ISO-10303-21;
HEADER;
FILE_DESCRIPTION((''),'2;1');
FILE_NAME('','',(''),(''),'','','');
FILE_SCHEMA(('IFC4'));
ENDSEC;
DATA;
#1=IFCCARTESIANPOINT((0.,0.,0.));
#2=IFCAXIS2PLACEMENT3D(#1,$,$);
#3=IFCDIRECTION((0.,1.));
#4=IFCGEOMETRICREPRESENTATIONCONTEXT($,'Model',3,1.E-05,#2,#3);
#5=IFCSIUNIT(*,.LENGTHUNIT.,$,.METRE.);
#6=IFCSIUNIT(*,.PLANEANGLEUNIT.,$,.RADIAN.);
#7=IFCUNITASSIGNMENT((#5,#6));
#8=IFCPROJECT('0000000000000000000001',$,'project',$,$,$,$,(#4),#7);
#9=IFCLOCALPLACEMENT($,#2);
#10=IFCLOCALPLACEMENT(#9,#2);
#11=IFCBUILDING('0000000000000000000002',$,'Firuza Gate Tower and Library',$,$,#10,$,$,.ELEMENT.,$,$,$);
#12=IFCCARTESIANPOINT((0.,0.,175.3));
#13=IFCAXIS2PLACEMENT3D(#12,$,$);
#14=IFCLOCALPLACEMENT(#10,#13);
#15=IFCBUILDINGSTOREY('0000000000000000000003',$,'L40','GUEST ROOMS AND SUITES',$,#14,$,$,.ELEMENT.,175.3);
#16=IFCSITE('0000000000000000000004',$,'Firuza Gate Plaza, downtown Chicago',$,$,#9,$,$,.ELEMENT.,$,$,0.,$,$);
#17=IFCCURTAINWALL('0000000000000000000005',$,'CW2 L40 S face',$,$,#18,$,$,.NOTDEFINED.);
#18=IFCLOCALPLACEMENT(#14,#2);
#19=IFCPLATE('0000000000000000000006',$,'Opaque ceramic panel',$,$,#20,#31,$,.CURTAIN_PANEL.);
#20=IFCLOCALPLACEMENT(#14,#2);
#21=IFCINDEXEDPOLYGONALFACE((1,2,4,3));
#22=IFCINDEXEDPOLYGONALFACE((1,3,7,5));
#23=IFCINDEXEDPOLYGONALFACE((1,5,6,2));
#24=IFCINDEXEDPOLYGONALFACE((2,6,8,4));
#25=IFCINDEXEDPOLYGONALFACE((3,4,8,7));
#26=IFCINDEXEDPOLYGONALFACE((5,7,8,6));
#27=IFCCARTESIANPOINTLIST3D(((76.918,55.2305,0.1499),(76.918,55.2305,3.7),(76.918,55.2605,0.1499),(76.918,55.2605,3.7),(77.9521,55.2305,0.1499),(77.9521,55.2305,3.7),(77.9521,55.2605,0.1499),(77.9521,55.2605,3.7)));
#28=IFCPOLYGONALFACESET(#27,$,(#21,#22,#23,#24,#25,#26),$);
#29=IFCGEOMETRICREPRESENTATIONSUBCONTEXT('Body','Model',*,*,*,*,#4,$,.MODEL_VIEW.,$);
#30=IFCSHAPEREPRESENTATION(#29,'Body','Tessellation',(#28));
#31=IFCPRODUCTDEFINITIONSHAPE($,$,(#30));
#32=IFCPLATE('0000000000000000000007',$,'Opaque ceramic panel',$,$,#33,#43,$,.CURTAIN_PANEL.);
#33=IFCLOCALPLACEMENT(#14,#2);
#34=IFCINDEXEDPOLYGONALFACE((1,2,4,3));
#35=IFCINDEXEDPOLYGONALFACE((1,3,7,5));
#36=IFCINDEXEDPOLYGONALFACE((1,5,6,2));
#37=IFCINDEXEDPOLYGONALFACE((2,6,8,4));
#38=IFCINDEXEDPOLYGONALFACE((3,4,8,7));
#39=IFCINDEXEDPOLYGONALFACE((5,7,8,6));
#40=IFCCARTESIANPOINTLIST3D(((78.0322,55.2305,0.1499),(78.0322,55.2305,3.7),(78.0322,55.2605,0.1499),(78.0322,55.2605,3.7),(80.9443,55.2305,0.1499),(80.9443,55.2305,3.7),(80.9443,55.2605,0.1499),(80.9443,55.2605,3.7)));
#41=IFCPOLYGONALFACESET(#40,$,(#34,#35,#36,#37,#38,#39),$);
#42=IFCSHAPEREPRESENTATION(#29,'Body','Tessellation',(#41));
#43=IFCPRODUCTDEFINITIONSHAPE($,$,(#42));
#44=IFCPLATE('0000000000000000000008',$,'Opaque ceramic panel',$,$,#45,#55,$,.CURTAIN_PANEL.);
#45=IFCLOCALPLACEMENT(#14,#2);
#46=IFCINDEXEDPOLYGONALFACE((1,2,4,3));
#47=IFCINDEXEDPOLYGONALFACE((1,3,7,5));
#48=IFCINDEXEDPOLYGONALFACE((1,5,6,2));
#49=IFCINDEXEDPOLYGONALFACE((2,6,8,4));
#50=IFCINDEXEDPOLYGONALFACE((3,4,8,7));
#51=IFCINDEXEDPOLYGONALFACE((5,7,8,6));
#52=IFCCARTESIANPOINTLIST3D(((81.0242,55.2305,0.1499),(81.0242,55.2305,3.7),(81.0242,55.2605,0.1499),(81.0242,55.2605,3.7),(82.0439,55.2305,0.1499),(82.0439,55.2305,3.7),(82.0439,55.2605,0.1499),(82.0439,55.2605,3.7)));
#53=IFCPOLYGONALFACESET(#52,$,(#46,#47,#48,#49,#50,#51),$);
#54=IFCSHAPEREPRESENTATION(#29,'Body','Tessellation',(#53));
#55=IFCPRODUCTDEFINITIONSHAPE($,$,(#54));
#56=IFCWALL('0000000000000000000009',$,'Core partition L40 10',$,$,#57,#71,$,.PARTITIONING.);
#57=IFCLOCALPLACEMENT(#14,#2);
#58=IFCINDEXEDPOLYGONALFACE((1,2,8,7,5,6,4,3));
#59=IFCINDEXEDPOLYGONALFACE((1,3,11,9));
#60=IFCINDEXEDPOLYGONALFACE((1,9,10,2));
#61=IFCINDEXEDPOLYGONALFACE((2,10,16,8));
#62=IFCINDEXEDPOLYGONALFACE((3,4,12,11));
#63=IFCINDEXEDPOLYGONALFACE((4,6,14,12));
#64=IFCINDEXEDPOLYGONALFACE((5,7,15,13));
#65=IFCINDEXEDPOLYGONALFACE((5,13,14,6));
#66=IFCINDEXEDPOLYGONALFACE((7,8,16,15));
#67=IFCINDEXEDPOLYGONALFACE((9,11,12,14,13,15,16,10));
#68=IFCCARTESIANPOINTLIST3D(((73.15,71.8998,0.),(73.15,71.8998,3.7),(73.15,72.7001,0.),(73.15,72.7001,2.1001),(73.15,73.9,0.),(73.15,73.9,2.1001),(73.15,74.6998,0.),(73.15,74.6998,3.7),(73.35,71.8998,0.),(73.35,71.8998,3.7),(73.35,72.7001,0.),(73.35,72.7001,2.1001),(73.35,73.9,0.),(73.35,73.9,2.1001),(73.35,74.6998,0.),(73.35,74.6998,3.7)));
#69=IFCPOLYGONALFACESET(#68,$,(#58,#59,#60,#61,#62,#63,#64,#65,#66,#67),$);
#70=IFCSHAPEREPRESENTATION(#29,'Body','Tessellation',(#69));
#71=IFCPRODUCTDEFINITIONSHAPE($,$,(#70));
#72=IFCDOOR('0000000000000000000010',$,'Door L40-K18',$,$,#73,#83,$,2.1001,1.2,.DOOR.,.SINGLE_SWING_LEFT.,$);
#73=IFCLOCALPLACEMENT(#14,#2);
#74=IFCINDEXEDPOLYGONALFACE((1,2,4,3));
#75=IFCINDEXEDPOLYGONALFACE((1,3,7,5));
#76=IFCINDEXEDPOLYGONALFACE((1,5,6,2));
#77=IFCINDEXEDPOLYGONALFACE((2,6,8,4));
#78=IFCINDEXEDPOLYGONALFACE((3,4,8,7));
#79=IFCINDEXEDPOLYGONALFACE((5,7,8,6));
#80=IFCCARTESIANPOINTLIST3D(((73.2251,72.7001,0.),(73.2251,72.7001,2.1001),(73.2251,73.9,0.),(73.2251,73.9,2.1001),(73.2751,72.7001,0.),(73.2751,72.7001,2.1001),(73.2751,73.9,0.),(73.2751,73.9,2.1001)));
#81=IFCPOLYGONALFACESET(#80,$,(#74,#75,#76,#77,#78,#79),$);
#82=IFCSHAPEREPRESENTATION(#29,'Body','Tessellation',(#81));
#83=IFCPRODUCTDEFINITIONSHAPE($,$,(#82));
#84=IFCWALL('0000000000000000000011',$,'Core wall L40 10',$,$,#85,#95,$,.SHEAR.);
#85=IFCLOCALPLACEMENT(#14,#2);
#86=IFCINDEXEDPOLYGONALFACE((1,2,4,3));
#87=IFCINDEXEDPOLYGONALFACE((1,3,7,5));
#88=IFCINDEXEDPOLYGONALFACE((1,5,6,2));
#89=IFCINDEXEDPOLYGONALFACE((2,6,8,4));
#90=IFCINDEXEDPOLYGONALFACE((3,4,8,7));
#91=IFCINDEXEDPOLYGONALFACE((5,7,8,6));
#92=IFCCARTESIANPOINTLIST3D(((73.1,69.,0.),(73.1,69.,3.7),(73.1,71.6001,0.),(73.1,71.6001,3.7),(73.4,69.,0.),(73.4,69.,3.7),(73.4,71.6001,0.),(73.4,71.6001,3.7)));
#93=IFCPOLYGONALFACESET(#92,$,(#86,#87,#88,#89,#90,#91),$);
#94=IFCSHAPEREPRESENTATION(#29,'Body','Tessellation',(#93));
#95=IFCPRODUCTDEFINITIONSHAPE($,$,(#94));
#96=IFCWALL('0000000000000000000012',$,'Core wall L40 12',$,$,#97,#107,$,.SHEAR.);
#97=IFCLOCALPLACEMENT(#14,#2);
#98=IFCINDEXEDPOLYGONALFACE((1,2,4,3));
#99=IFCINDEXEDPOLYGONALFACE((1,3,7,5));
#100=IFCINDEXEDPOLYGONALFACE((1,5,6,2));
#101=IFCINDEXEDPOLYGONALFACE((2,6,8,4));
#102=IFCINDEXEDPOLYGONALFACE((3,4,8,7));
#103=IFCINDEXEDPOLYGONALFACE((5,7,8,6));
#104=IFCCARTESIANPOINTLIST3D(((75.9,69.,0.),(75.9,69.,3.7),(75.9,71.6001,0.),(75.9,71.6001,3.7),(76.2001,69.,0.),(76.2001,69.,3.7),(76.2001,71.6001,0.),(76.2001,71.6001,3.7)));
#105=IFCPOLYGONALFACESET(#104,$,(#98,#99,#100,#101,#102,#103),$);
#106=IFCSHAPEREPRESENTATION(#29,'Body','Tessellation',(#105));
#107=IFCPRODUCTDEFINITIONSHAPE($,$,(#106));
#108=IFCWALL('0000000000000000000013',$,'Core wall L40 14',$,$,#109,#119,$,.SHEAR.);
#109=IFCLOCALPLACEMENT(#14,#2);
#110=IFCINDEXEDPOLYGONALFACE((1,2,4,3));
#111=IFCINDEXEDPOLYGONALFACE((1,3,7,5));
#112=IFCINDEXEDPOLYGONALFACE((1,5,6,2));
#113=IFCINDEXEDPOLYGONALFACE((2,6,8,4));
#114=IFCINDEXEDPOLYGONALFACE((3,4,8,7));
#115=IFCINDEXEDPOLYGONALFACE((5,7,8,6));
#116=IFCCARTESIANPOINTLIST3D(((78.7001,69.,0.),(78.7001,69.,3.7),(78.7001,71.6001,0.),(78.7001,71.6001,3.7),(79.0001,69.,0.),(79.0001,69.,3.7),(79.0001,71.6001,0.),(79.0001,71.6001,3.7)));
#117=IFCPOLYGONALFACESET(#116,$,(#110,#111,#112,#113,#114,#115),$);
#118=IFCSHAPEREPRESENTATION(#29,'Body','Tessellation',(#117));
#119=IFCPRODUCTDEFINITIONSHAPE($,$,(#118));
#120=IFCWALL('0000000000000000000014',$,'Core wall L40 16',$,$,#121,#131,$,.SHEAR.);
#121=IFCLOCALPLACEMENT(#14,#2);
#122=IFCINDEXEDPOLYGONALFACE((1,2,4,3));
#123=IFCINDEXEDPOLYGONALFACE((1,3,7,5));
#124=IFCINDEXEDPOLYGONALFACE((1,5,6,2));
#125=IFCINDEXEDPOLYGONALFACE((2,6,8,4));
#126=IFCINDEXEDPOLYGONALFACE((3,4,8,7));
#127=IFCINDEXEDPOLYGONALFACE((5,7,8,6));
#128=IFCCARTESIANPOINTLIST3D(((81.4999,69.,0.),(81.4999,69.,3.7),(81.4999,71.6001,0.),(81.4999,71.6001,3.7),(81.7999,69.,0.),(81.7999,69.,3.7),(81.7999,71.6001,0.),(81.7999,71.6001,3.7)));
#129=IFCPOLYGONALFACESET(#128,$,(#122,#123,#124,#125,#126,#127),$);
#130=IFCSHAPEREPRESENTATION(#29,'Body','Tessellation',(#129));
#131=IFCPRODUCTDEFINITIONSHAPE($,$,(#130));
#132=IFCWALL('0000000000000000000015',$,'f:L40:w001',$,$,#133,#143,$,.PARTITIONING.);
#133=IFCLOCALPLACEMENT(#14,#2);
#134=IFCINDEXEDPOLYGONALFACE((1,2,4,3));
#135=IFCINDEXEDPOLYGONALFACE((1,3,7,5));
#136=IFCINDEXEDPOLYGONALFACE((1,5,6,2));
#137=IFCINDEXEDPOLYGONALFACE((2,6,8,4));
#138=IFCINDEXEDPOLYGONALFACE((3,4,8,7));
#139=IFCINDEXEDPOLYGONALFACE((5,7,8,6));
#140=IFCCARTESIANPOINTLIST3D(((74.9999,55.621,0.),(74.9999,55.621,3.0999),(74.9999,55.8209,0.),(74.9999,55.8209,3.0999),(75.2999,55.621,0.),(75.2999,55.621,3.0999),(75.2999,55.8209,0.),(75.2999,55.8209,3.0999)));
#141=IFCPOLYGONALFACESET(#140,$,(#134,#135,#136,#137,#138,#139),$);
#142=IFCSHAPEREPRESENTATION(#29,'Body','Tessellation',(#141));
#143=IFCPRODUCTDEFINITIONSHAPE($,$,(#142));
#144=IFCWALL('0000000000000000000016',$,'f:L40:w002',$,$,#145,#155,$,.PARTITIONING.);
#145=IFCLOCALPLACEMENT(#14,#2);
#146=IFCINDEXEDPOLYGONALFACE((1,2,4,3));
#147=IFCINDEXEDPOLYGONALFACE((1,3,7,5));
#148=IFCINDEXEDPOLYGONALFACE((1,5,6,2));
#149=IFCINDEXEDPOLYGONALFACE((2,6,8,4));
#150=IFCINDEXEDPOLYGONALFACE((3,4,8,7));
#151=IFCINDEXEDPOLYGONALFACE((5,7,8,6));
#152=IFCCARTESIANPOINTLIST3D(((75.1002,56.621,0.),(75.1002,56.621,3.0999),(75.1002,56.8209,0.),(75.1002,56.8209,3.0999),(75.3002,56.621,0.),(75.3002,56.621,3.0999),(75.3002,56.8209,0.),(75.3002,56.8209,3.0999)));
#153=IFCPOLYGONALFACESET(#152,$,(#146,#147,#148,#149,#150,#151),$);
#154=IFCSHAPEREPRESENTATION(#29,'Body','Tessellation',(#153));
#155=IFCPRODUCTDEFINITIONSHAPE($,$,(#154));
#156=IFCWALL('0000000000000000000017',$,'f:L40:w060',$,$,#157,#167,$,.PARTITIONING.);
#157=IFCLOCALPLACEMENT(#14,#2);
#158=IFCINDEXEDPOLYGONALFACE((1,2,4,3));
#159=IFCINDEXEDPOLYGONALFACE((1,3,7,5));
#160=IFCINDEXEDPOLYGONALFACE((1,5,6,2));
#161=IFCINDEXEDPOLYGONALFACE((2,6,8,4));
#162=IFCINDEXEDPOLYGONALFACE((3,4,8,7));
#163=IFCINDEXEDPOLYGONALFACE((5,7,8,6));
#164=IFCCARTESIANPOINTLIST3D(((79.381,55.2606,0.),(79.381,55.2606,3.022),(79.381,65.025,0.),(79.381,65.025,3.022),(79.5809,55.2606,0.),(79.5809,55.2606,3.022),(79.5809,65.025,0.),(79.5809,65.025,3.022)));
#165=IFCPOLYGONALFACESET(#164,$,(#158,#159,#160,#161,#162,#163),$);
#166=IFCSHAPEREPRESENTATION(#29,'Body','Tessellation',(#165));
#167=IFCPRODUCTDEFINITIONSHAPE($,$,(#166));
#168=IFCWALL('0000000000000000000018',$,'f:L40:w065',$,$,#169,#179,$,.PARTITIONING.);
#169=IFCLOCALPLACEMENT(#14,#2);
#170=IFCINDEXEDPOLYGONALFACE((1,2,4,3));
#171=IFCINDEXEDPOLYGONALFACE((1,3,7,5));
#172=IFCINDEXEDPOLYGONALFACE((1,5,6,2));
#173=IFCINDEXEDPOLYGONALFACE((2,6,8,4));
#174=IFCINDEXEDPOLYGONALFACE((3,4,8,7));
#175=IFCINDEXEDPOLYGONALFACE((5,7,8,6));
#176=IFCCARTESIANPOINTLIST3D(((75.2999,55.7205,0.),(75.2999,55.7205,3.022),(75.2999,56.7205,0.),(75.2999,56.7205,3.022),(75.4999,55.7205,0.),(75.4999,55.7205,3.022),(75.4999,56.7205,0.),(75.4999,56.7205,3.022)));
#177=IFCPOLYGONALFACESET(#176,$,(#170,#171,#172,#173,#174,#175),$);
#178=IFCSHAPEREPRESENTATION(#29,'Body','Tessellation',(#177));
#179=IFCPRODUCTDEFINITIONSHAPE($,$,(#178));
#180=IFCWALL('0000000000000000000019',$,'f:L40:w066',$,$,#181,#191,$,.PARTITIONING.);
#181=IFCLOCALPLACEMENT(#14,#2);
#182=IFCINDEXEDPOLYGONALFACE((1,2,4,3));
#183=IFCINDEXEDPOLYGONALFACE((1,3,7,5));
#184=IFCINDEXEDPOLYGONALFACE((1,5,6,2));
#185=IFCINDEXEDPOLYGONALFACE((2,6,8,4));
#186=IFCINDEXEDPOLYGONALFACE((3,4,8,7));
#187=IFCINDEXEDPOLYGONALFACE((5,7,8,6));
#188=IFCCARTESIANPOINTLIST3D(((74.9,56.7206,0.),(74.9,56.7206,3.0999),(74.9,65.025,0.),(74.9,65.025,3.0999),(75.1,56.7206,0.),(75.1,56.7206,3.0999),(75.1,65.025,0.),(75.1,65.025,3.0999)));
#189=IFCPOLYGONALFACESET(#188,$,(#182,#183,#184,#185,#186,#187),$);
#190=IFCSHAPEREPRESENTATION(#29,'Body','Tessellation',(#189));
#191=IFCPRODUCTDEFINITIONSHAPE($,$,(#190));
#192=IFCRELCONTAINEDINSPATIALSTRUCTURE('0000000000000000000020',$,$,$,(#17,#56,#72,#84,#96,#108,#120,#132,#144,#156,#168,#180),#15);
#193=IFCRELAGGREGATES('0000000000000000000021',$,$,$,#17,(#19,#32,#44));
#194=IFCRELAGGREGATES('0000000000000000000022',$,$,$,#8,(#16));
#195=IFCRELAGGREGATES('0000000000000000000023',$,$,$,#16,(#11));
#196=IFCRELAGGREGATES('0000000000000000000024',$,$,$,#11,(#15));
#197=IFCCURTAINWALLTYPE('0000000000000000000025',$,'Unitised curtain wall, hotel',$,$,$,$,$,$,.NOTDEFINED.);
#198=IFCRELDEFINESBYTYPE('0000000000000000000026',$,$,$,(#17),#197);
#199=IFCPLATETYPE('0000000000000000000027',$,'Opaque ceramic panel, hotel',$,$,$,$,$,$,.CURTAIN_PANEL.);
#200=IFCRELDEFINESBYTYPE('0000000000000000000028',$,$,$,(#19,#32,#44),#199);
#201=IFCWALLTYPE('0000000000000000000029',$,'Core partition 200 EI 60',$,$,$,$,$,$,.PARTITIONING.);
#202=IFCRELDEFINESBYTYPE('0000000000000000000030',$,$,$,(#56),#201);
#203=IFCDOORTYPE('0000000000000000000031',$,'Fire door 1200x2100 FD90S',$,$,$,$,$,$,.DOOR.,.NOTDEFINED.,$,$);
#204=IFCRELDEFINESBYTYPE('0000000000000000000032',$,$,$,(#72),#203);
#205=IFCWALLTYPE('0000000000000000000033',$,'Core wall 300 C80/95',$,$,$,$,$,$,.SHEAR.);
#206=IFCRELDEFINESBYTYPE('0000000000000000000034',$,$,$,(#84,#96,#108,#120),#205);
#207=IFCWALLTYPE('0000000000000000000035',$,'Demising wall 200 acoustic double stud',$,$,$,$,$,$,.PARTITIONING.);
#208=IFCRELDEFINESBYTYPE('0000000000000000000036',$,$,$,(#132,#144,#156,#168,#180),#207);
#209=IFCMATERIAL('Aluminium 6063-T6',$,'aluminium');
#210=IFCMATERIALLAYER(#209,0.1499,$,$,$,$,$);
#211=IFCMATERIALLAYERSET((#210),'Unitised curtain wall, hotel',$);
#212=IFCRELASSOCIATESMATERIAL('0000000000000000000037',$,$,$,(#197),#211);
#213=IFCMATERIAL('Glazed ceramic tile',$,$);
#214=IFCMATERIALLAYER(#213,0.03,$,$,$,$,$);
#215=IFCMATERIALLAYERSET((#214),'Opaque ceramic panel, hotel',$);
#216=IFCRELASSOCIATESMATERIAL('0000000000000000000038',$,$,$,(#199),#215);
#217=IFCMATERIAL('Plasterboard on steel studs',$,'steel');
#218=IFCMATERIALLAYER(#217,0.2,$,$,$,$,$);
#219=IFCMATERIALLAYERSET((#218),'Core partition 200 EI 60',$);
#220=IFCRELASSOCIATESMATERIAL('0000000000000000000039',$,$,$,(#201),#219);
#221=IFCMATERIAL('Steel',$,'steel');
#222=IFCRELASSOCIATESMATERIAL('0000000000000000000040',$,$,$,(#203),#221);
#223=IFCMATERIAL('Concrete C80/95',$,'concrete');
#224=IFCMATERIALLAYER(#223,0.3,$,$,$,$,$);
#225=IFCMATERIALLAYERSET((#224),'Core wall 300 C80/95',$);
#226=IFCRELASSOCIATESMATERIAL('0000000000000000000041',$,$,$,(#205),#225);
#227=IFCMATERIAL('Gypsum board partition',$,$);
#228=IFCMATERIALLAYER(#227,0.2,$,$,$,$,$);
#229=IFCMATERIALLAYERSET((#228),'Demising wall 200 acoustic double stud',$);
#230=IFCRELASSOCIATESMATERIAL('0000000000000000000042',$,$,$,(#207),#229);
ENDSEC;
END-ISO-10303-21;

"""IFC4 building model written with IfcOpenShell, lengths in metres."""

from ifc_helpers import new_model, si_unit, direction, frame, frame_2d, origin, place, context, subcontext, project, spatial, polyline, rectangle, outline, extrude, material, layer, layer_set, type_object, element, fill, aggregate, save


model = new_model("IFC4")

# Units and contexts
model_context = context("Model", 3, precision=1e-05, world=origin(), true_north=direction((0.0, 1.0)))
body_context = subcontext(model_context, "Body", "Model", "MODEL_VIEW")
ifc_project = project(units=[si_unit("LENGTHUNIT", "METRE"), si_unit("PLANEANGLEUNIT", "RADIAN")], contexts=[model_context])

# Site, building, storey
site_placement = place(None, origin())
site = spatial("IfcSite", under=ifc_project, at=site_placement, Name="Firuza Gate Plaza, downtown Chicago", CompositionType="ELEMENT", RefElevation=0.0)
building_placement = place(site_placement, origin())
building = spatial("IfcBuilding", under=site, at=building_placement, Name="Firuza Gate Tower and Library", CompositionType="ELEMENT")
storey_placement = place(building_placement, frame((0.0, 0.0, 175.3)))
storey = spatial("IfcBuildingStorey", under=building, at=storey_placement, Name="L40", Description="GUEST ROOMS AND SUITES", CompositionType="ELEMENT", Elevation=175.3)

# Curtain wall
ifc_material_1 = material(Name="Aluminium 6063-T6", Category="aluminium")
ifc_layer_1 = layer(ifc_material_1, 0.1499)
ifc_layer_set_1 = layer_set([ifc_layer_1], Name="Unitised curtain wall, hotel")
curtain_wall_type = type_object("IfcCurtainWallType", Name="Unitised curtain wall, hotel", PredefinedType="NOTDEFINED", material=ifc_layer_set_1)
curtain_wall_placement = place(storey_placement, origin())
curtain_wall = element("IfcCurtainWall", 1, at=curtain_wall_placement, inside=storey, type_object=curtain_wall_type, Name="CW2 L40 S face", PredefinedType="NOTDEFINED")

# Plates
ifc_material_2 = material(Name="Glazed ceramic tile")
ifc_layer_2 = layer(ifc_material_2, 0.03)
ifc_layer_set_2 = layer_set([ifc_layer_2], Name="Opaque ceramic panel, hotel")
plate_type_1 = type_object("IfcPlateType", Name="Opaque ceramic panel, hotel", PredefinedType="CURTAIN_PANEL", material=ifc_layer_set_2)
plate_1_placement = place(storey_placement, frame((76.918, 55.2305, 0.1499), z_axis=(0.0, -1.0, 0.0), x_axis=(1.0, 0.0, 0.0)))
plate_1 = element("IfcPlate", 2, at=plate_1_placement, type_object=plate_type_1, Name="Opaque ceramic panel", PredefinedType="CURTAIN_PANEL", context=body_context, shape_type="SweptSolid", body=[
    extrude(outline(polyline([(0.0, 0.0), (1.0342, 0.0), (1.0342, 3.55), (0.0, 3.55), (0.0, 0.0)])), origin(), (0.0, 0.0, -1.0), 0.03),
])
plate_2_placement = place(storey_placement, frame((78.0322, 55.2305, 0.1499), z_axis=(0.0, -1.0, 0.0), x_axis=(1.0, 0.0, 0.0)))
plate_2 = element("IfcPlate", 3, at=plate_2_placement, type_object=plate_type_1, Name="Opaque ceramic panel", PredefinedType="CURTAIN_PANEL", context=body_context, shape_type="SweptSolid", body=[
    extrude(outline(polyline([(0.0, 0.0), (2.9121, 0.0), (2.9121, 3.55), (0.0, 3.55), (0.0, 0.0)])), origin(), (0.0, 0.0, -1.0), 0.03),
])
plate_3_placement = place(storey_placement, frame((81.0242, 55.2305, 0.1499), z_axis=(0.0, -1.0, 0.0), x_axis=(1.0, 0.0, 0.0)))
plate_3 = element("IfcPlate", 4, at=plate_3_placement, type_object=plate_type_1, Name="Opaque ceramic panel", PredefinedType="CURTAIN_PANEL", context=body_context, shape_type="SweptSolid", body=[
    extrude(outline(polyline([(0.0, 0.0), (1.0198, 0.0), (1.0198, 3.55), (0.0, 3.55), (0.0, 0.0)])), origin(), (0.0, 0.0, -1.0), 0.03),
])
aggregate(curtain_wall, [plate_1, plate_2, plate_3])

# Wall, opening, door
ifc_material_3 = material(Name="Plasterboard on steel studs", Category="steel")
ifc_layer_3 = layer(ifc_material_3, 0.2)
ifc_layer_set_3 = layer_set([ifc_layer_3], Name="Core partition 200 EI 60")
wall_type_1 = type_object("IfcWallType", Name="Core partition 200 EI 60", PredefinedType="PARTITIONING", material=ifc_layer_set_3)
wall_1_placement = place(storey_placement, frame((73.25, 71.8999, 0.0), z_axis=(0.0, 0.0, 1.0), x_axis=(0.0, 1.0, 0.0)))
wall_1 = element("IfcWall", 5, at=wall_1_placement, inside=storey, type_object=wall_type_1, Name="Core partition L40 10", PredefinedType="PARTITIONING", context=body_context, shape_type="SweptSolid", body=[
    extrude(rectangle(XDim=2.8, YDim=0.2, at=frame_2d((1.3999, 0.0))), origin(), (0.0, 0.0, 1.0), 3.7),
])
opening_1_placement = place(wall_1_placement, frame((0.8, 0.0, 0.0)))
opening_1 = element("IfcOpeningElement", 6, at=opening_1_placement, cuts=wall_1, PredefinedType="OPENING", context=body_context, shape_type="SweptSolid", body=[
    extrude(rectangle(XDim=1.2, YDim=2.1001, at=frame_2d((0.6001, 1.05))), frame((0.0, 0.1099, 0.0), z_axis=(0.0, -1.0, 0.0), x_axis=(1.0, 0.0, 0.0)), (0.0, 0.0, 1.0), 0.22),
])
ifc_material_4 = material(Name="Steel", Category="steel")
door_type_1 = type_object("IfcDoorType", Name="Fire door 1200x2100 FD90S", OperationType="NOTDEFINED", PredefinedType="DOOR", material=ifc_material_4)
door_1_placement = place(opening_1_placement, origin())
door_1 = element("IfcDoor", 7, at=door_1_placement, inside=storey, type_object=door_type_1, Name="Door L40-K18", OperationType="SINGLE_SWING_LEFT", OverallHeight=2.1001, OverallWidth=1.2, PredefinedType="DOOR", context=body_context, shape_type="SweptSolid", body=[
    extrude(rectangle(XDim=1.2, YDim=2.1001, at=frame_2d((0.6001, 1.05))), frame((0.0, 0.0249, 0.0), z_axis=(0.0, -1.0, 0.0), x_axis=(1.0, 0.0, 0.0)), (0.0, 0.0, 1.0), 0.05),
])
fill(opening_1, door_1)

# Walls
ifc_material_5 = material(Name="Concrete C80/95", Category="concrete")
ifc_layer_4 = layer(ifc_material_5, 0.3)
ifc_layer_set_4 = layer_set([ifc_layer_4], Name="Core wall 300 C80/95")
wall_type_2 = type_object("IfcWallType", Name="Core wall 300 C80/95", PredefinedType="SHEAR", material=ifc_layer_set_4)
for number, where, z_axis, x_axis, name in (
    (8, (73.25, 69.0, 0.0), (0.0, 0.0, 1.0), (0.0, 1.0, 0.0), "Core wall L40 10"),
    (9, (76.05, 69.0, 0.0), (0.0, 0.0, 1.0), (0.0, 1.0, 0.0), "Core wall L40 12"),
    (10, (78.8501, 69.0, 0.0), (0.0, 0.0, 1.0), (0.0, 1.0, 0.0), "Core wall L40 14"),
    (11, (81.6499, 69.0, 0.0), (0.0, 0.0, 1.0), (0.0, 1.0, 0.0), "Core wall L40 16"),
):
    element("IfcWall", number, at=place(storey_placement, frame(where, z_axis=z_axis, x_axis=x_axis)), inside=storey, type_object=wall_type_2, Name=name, PredefinedType="SHEAR", context=body_context, shape_type="SweptSolid", body=[
        extrude(rectangle(XDim=2.6001, YDim=0.3, at=frame_2d((1.3, 0.0))), origin(), (0.0, 0.0, 1.0), 3.7),
    ])
ifc_material_6 = material(Name="Gypsum board partition")
ifc_layer_5 = layer(ifc_material_6, 0.2)
ifc_layer_set_5 = layer_set([ifc_layer_5], Name="Demising wall 200 acoustic double stud")
wall_type_3 = type_object("IfcWallType", Name="Demising wall 200 acoustic double stud", PredefinedType="PARTITIONING", material=ifc_layer_set_5)
wall_2_placement = place(storey_placement, frame((75.0, 55.7209, 0.0), z_axis=(0.0, 0.0, 1.0), x_axis=(1.0, 0.0, 0.0)))
element("IfcWall", 12, at=wall_2_placement, inside=storey, type_object=wall_type_3, Name="f:L40:w001", PredefinedType="PARTITIONING", context=body_context, shape_type="SweptSolid", body=[
    extrude(rectangle(XDim=0.3, YDim=0.2, at=frame_2d((0.1499, 0.0))), origin(), (0.0, 0.0, 1.0), 3.0999),
])
wall_3_placement = place(storey_placement, frame((75.1001, 56.7209, 0.0), z_axis=(0.0, 0.0, 1.0), x_axis=(1.0, 0.0, 0.0)))
element("IfcWall", 13, at=wall_3_placement, inside=storey, type_object=wall_type_3, Name="f:L40:w002", PredefinedType="PARTITIONING", context=body_context, shape_type="SweptSolid", body=[
    extrude(rectangle(XDim=0.2, YDim=0.2, at=frame_2d((0.1001, 0.0))), origin(), (0.0, 0.0, 1.0), 3.0999),
])
wall_4_placement = place(storey_placement, frame((79.481, 55.2605, 0.0), z_axis=(0.0, 0.0, 1.0), x_axis=(0.0, 1.0, 0.0)))
element("IfcWall", 14, at=wall_4_placement, inside=storey, type_object=wall_type_3, Name="f:L40:w060", PredefinedType="PARTITIONING", context=body_context, shape_type="SweptSolid", body=[
    extrude(rectangle(XDim=9.7644, YDim=0.2, at=frame_2d((4.8823, 0.0))), origin(), (0.0, 0.0, 1.0), 3.022),
])
wall_5_placement = place(storey_placement, frame((75.3999, 55.7205, 0.0), z_axis=(0.0, 0.0, 1.0), x_axis=(0.0, 1.0, 0.0)))
element("IfcWall", 15, at=wall_5_placement, inside=storey, type_object=wall_type_3, Name="f:L40:w065", PredefinedType="PARTITIONING", context=body_context, shape_type="SweptSolid", body=[
    extrude(rectangle(XDim=1.0, YDim=0.2, at=frame_2d((0.5, 0.0))), origin(), (0.0, 0.0, 1.0), 3.022),
])
wall_6_placement = place(storey_placement, frame((75.0, 56.7205, 0.0), z_axis=(0.0, 0.0, 1.0), x_axis=(0.0, 1.0, 0.0)))
element("IfcWall", 16, at=wall_6_placement, inside=storey, type_object=wall_type_3, Name="f:L40:w066", PredefinedType="PARTITIONING", context=body_context, shape_type="SweptSolid", body=[
    extrude(rectangle(XDim=8.3044, YDim=0.2, at=frame_2d((4.1523, 0.0))), origin(), (0.0, 0.0, 1.0), 3.0999),
])

save(model, "model.ifc")
